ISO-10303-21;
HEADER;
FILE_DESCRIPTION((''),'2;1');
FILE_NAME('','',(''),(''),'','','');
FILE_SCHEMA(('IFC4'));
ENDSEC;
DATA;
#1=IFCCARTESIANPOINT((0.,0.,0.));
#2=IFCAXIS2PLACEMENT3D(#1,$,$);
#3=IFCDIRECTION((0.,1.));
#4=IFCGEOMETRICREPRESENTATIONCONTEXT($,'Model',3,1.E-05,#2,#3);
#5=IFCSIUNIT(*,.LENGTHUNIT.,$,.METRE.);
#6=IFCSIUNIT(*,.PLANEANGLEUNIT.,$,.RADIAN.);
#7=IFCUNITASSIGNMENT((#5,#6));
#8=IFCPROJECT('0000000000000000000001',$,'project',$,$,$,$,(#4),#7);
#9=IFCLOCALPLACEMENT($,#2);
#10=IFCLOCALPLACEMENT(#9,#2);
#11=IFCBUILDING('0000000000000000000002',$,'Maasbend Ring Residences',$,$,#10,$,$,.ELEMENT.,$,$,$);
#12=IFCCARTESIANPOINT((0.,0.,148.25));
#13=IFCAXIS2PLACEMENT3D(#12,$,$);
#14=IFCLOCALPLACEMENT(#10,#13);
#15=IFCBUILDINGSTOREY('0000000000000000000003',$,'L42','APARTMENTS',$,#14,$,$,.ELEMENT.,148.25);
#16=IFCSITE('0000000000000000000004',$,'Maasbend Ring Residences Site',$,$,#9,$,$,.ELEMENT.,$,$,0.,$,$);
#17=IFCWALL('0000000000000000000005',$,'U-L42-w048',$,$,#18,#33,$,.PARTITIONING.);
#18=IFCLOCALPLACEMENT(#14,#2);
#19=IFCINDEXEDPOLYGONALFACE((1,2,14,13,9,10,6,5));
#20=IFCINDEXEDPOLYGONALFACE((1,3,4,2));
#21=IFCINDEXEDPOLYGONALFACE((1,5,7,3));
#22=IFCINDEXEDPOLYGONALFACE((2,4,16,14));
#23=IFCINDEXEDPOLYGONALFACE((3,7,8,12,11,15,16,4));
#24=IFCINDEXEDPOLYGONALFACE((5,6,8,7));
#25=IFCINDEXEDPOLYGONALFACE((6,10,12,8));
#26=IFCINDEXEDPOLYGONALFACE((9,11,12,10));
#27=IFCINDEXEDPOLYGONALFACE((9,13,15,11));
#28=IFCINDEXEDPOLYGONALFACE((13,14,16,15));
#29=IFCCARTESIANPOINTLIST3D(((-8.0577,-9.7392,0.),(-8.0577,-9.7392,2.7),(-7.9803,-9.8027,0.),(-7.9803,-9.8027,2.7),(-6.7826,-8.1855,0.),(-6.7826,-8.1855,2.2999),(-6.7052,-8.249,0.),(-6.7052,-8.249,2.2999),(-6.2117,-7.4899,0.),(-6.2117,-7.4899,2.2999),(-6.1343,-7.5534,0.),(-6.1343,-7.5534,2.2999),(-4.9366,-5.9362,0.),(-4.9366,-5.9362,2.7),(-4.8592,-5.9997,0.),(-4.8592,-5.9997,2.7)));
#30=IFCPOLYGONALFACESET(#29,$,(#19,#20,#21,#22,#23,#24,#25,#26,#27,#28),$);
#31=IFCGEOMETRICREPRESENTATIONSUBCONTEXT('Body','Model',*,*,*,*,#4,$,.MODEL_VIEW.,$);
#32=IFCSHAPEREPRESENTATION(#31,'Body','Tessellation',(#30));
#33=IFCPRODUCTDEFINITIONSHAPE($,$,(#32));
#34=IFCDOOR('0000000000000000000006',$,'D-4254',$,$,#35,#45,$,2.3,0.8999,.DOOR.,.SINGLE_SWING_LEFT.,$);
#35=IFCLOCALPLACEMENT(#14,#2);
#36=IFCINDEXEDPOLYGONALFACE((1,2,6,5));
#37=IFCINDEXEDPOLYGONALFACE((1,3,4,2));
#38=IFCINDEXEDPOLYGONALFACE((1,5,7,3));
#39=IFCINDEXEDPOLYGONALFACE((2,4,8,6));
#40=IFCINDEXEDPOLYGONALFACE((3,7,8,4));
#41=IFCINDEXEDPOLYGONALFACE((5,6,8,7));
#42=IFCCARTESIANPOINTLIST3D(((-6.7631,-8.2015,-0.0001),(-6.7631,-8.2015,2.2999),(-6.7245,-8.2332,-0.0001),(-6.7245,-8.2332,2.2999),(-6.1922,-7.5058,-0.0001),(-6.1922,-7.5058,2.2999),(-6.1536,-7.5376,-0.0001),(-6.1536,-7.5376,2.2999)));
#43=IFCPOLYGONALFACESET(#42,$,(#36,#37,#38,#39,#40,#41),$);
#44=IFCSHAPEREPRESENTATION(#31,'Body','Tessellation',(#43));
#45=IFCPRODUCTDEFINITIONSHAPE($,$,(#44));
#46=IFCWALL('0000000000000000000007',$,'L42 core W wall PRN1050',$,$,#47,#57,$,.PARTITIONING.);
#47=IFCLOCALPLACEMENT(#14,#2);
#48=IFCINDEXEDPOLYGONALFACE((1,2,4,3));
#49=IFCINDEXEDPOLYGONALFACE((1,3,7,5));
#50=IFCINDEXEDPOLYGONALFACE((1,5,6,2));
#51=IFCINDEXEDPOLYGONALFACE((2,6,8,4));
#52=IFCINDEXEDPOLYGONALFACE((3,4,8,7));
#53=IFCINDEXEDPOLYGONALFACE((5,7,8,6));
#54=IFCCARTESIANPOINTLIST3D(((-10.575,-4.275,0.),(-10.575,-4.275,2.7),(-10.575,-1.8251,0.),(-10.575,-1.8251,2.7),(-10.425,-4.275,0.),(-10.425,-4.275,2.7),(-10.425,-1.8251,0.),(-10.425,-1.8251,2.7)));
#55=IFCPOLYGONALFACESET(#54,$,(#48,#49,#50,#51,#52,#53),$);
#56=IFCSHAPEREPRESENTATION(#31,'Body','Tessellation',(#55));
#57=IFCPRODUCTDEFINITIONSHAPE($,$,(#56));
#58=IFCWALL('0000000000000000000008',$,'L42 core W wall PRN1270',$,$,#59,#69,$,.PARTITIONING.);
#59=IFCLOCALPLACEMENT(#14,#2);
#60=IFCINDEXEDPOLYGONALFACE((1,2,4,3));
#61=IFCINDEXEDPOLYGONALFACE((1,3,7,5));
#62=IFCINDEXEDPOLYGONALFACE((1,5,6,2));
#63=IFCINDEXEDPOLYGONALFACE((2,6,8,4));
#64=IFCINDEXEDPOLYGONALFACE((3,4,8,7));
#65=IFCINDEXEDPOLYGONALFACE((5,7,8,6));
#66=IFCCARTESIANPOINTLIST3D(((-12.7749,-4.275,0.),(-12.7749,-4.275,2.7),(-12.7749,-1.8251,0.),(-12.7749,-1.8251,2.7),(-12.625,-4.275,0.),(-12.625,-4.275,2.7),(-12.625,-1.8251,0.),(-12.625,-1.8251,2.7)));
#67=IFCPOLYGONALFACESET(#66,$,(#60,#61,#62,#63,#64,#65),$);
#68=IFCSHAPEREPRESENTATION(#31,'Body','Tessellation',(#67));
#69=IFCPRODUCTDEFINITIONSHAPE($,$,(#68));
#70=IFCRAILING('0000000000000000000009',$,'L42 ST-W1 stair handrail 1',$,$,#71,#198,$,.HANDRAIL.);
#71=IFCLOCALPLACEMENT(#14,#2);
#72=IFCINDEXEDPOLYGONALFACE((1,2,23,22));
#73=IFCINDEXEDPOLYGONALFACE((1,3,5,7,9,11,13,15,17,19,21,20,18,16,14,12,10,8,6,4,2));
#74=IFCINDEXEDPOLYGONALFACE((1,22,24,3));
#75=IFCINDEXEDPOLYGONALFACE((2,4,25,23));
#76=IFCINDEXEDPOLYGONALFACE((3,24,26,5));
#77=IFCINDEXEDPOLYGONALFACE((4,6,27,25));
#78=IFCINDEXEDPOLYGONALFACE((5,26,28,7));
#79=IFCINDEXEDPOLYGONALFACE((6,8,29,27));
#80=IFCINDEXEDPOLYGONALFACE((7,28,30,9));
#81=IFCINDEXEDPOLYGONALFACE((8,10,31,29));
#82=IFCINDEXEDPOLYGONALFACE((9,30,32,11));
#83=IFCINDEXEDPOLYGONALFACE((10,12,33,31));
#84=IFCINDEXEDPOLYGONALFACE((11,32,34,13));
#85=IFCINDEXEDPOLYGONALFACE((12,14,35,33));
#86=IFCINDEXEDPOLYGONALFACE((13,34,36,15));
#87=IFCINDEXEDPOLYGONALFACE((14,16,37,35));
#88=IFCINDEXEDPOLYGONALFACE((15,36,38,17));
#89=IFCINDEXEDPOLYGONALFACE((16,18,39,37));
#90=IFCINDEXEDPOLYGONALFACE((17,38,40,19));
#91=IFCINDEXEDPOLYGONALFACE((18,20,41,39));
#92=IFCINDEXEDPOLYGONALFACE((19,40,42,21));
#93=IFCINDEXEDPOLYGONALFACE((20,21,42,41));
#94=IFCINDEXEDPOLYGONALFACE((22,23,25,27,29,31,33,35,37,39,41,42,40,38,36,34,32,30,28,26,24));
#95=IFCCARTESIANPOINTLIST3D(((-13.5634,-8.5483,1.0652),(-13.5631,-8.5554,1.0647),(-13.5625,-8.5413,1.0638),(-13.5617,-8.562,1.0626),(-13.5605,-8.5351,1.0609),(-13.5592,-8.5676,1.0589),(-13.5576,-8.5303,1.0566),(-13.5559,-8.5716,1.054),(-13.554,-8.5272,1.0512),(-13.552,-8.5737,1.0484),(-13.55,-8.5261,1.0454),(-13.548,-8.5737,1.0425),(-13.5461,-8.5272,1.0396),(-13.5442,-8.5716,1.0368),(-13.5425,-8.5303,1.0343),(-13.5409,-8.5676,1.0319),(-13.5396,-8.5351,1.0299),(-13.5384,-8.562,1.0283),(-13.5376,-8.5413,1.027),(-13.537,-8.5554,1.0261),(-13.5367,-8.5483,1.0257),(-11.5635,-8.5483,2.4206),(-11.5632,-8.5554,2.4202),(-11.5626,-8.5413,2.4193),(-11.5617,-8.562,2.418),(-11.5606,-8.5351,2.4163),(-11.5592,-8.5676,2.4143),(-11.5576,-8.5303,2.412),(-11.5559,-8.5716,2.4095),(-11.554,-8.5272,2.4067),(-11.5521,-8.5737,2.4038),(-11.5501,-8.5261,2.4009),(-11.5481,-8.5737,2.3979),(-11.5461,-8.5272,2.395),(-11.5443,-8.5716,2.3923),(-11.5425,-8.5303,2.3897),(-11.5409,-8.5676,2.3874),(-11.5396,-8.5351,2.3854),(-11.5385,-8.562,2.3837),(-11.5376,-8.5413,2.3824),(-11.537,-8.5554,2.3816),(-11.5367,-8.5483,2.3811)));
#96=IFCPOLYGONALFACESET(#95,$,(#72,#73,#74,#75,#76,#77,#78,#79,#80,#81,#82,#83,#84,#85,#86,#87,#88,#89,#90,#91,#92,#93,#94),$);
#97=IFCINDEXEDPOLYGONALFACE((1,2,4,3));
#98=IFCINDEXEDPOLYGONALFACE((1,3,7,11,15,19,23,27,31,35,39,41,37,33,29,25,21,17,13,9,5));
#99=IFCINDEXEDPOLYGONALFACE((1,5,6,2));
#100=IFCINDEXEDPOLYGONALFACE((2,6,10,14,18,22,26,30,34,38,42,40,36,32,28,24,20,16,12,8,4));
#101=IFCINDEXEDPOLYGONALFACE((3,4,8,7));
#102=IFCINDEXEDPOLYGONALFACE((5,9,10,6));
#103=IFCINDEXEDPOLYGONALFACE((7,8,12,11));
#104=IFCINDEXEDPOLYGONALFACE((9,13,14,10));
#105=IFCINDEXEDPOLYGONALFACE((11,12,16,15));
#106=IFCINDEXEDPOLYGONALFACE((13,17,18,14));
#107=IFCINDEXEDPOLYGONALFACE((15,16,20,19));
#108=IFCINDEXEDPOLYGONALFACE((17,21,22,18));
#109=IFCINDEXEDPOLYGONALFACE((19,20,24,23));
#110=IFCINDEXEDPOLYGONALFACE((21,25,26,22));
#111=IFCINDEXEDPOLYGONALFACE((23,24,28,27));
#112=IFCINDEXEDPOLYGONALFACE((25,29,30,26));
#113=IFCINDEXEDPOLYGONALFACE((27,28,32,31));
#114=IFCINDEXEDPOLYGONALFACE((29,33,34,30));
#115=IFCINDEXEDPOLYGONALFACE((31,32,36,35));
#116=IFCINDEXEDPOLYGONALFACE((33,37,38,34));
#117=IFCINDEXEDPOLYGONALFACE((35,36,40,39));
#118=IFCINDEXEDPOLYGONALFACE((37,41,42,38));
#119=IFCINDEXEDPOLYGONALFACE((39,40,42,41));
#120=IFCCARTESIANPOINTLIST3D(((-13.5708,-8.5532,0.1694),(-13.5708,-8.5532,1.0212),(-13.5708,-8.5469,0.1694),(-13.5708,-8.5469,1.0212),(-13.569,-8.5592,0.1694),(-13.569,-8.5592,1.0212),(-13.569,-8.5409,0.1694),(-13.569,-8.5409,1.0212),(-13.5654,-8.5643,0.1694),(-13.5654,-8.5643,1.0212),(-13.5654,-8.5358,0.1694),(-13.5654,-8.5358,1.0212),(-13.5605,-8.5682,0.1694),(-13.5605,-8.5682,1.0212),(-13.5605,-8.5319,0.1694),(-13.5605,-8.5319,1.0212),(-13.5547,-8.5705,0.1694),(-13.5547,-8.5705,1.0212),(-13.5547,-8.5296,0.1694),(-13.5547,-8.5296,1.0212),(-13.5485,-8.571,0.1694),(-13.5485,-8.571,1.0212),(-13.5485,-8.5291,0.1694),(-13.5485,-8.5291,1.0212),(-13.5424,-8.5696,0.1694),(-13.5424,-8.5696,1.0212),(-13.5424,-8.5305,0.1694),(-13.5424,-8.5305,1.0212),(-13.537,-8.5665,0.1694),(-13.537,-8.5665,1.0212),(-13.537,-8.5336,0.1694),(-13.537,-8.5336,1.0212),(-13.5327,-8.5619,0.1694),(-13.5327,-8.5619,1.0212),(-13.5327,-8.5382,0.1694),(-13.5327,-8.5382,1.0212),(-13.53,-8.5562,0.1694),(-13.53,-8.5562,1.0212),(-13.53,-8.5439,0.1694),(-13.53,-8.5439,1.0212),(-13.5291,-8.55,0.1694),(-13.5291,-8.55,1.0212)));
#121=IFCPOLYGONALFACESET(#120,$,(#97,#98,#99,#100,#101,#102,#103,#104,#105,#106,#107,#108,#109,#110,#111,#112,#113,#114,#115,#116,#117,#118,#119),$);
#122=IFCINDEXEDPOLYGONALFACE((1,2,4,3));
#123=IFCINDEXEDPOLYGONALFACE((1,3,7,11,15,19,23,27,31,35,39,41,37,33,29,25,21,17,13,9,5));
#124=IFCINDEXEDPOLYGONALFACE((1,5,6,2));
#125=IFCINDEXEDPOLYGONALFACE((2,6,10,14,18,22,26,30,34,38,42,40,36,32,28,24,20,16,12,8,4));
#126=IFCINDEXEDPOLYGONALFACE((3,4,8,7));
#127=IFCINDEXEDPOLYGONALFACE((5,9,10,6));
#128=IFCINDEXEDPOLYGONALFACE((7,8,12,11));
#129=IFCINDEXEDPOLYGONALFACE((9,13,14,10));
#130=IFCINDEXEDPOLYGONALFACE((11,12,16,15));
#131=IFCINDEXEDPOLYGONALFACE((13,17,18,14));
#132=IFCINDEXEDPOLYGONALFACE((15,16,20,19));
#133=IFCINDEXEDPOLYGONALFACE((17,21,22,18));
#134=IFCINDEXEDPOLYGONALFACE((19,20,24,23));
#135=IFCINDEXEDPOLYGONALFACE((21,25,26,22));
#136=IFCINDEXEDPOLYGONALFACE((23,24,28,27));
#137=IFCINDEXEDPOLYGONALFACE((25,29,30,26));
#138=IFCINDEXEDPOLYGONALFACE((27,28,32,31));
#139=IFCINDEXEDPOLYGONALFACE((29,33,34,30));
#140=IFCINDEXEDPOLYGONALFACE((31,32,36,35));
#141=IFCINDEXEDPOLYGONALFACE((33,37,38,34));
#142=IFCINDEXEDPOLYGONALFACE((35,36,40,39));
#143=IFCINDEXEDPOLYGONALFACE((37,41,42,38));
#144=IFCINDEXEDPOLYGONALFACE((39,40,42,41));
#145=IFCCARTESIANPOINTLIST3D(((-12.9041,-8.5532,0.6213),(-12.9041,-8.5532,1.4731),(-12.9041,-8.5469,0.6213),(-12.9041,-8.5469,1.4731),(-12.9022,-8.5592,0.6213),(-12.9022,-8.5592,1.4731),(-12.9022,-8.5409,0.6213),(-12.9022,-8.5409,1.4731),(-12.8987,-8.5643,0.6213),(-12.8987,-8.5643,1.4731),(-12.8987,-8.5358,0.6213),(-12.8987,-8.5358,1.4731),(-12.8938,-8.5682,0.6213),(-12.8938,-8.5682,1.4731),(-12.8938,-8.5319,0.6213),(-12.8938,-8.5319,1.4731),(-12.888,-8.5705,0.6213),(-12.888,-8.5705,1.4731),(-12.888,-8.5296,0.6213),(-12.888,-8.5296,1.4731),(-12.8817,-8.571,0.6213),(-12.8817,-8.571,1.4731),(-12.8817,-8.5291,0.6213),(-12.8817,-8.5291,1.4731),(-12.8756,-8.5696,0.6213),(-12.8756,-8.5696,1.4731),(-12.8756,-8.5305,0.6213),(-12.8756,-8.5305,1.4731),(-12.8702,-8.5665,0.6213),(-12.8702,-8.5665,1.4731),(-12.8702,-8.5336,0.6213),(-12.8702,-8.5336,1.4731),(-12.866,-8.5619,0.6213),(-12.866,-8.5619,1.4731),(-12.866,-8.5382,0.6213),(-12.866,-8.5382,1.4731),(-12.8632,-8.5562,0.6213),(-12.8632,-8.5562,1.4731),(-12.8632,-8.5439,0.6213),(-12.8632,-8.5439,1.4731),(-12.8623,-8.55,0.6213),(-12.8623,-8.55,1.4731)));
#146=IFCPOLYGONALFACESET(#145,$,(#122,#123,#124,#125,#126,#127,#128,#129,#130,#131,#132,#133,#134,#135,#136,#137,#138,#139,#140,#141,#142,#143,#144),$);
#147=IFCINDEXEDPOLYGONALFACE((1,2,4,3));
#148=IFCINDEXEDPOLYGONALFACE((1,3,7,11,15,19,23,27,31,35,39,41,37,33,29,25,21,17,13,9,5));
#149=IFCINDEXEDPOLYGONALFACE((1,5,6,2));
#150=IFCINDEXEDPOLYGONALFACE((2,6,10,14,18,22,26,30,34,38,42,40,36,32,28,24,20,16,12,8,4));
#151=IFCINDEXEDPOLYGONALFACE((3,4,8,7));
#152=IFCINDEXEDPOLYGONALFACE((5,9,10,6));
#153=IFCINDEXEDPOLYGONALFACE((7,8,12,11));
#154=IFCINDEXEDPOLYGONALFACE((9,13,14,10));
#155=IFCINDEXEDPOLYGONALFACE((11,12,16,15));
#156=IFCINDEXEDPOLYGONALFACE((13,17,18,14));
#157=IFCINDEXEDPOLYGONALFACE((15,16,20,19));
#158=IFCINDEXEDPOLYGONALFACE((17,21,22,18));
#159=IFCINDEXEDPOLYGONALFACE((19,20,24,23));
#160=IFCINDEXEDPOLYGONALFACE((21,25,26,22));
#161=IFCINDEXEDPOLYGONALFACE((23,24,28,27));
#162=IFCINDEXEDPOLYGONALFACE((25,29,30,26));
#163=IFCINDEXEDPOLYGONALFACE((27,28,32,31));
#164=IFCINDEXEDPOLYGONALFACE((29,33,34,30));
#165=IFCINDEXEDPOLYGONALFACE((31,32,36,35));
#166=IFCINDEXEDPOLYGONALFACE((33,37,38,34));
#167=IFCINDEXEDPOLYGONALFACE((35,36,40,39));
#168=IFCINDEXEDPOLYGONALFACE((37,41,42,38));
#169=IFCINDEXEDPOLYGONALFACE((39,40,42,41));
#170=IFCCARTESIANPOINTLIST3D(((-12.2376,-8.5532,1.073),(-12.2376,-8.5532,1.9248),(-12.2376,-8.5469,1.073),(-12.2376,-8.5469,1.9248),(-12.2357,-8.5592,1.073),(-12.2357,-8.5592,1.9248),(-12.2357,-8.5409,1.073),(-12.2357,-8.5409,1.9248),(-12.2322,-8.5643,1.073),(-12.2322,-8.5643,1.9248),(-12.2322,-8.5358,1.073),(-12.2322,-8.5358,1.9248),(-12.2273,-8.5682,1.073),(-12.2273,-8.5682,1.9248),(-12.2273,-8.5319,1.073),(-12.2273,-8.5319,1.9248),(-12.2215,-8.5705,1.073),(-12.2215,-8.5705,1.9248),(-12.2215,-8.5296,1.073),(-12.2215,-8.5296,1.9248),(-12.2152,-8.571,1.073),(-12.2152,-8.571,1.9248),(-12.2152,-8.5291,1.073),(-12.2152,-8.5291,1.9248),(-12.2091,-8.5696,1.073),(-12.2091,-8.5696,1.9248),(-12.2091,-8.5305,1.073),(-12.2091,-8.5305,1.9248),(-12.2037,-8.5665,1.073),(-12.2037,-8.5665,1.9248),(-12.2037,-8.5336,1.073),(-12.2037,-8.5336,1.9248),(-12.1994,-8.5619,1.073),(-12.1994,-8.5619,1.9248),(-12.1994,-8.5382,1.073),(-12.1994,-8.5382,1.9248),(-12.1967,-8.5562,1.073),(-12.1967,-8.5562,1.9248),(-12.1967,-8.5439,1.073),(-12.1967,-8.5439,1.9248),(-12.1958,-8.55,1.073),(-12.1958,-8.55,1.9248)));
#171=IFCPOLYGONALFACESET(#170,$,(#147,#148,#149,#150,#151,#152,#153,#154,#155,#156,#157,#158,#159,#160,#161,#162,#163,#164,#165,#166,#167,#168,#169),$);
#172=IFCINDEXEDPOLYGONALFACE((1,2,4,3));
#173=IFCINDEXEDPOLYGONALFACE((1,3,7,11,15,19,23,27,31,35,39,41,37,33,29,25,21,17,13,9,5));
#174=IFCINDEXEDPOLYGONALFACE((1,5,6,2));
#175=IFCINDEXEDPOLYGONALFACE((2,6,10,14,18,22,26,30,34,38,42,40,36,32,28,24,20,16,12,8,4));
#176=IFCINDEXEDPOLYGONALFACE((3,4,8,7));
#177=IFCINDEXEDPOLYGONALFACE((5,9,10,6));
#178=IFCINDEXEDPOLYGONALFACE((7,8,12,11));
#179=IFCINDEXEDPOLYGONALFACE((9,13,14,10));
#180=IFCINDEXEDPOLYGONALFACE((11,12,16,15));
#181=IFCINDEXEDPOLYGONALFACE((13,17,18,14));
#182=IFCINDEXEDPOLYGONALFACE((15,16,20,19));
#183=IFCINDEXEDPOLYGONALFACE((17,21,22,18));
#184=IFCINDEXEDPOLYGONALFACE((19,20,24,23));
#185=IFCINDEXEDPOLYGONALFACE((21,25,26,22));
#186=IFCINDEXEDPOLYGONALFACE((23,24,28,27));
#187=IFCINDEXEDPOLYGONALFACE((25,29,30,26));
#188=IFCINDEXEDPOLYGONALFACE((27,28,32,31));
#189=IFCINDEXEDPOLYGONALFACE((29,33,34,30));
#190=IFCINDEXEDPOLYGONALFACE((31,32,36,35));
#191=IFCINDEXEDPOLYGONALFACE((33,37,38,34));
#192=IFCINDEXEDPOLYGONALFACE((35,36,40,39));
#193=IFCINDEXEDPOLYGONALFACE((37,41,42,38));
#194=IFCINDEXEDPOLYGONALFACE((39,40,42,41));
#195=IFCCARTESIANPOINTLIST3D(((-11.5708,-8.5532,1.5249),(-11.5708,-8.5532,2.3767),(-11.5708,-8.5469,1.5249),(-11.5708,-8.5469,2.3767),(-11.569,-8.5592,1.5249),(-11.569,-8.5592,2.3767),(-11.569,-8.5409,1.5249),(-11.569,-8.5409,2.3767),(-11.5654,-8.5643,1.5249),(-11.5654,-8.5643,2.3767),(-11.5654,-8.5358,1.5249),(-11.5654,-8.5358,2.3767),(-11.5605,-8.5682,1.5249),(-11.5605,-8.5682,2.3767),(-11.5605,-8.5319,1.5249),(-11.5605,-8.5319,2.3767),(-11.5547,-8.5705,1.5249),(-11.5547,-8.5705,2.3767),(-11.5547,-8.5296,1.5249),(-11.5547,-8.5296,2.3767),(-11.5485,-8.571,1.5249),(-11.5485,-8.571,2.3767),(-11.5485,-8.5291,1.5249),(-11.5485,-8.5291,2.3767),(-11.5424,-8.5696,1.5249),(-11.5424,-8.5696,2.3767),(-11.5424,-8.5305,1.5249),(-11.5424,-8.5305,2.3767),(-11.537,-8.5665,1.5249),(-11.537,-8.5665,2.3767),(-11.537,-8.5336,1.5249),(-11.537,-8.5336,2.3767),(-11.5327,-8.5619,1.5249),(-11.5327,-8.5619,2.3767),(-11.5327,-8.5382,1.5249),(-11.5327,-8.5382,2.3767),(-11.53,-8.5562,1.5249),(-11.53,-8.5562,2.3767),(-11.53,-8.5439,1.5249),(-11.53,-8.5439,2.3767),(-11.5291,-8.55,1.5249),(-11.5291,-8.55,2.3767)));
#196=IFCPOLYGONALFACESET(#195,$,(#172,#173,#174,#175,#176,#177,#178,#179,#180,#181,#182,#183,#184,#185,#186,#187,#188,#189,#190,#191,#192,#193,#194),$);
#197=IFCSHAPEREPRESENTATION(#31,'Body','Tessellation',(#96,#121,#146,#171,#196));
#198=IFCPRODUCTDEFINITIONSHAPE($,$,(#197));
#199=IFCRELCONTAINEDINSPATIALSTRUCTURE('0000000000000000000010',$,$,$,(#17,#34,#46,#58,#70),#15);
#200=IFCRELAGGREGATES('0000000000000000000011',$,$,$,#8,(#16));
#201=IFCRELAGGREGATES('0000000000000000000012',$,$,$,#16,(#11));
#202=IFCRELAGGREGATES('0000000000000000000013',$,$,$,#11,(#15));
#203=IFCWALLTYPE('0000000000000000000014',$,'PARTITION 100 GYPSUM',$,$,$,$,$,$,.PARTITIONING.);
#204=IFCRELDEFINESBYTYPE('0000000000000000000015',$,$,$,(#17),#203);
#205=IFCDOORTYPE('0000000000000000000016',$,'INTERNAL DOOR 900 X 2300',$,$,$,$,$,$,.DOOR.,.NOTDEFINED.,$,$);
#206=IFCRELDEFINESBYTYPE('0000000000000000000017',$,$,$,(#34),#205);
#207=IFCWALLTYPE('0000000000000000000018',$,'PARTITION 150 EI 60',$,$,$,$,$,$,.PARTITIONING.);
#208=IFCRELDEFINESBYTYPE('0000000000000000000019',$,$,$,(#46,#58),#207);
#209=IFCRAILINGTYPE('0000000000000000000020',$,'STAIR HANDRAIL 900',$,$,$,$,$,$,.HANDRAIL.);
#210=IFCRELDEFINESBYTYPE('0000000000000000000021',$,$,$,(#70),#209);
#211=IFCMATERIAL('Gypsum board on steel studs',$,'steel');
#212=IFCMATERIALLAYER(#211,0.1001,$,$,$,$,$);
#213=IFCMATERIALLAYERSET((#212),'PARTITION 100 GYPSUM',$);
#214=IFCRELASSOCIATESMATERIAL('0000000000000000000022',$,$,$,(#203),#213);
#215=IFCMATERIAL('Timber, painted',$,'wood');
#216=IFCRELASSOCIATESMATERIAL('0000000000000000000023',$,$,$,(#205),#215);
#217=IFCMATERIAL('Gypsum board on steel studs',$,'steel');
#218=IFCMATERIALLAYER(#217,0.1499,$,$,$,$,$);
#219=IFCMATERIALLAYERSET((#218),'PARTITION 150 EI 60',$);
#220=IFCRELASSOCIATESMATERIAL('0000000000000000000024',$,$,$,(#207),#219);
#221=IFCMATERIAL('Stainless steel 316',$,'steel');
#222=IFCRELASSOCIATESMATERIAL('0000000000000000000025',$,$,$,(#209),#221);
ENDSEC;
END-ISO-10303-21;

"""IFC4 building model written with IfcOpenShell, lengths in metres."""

from ifc_helpers import new_model, si_unit, direction, frame, frame_2d, origin, origin_2d, place, context, subcontext, project, spatial, rectangle, circle, extrude, material, layer, layer_set, type_object, element, fill, save


model = new_model("IFC4")

# Units and contexts
model_context = context("Model", 3, precision=1e-05, world=origin(), true_north=direction((0.0, 1.0)))
body_context = subcontext(model_context, "Body", "Model", "MODEL_VIEW")
ifc_project = project(units=[si_unit("LENGTHUNIT", "METRE"), si_unit("PLANEANGLEUNIT", "RADIAN")], contexts=[model_context])

# Site, building, storey
site_placement = place(None, origin())
site = spatial("IfcSite", under=ifc_project, at=site_placement, Name="Maasbend Ring Residences Site", CompositionType="ELEMENT", RefElevation=0.0)
building_placement = place(site_placement, origin())
building = spatial("IfcBuilding", under=site, at=building_placement, Name="Maasbend Ring Residences", CompositionType="ELEMENT")
storey_placement = place(building_placement, frame((0.0, 0.0, 148.25)))
storey = spatial("IfcBuildingStorey", under=building, at=storey_placement, Name="L42", Description="APARTMENTS", CompositionType="ELEMENT", Elevation=148.25)

# Shared definitions
ifc_material_1 = material(Name="Gypsum board on steel studs", Category="steel")
ifc_layer_1 = layer(ifc_material_1, 0.1001)
ifc_layer_set_1 = layer_set([ifc_layer_1], Name="PARTITION 100 GYPSUM")
wall_type_1 = type_object("IfcWallType", Name="PARTITION 100 GYPSUM", PredefinedType="PARTITIONING", material=ifc_layer_set_1)

# Wall, opening, door
wall_1_placement = place(storey_placement, frame((-8.019, -9.771, 0.0), z_axis=(0.0, 0.0, 1.0), x_axis=(0.634402, 0.773003, 0.0)))
wall_1 = element("IfcWall", 1, at=wall_1_placement, inside=storey, type_object=wall_type_1, Name="U-L42-w048", PredefinedType="PARTITIONING", context=body_context, shape_type="SweptSolid", body=[
    extrude(rectangle(XDim=4.9197, YDim=0.1001, at=frame_2d((2.46, 0.0))), origin(), (0.0, 0.0, 1.0), 2.7),
])
opening_1_placement = place(wall_1_placement, frame((2.01, 0.0, 0.0)))
opening_1 = element("IfcOpeningElement", 2, at=opening_1_placement, cuts=wall_1, PredefinedType="OPENING", context=body_context, shape_type="SweptSolid", body=[
    extrude(rectangle(XDim=0.8999, YDim=2.3, at=frame_2d((0.45, 1.1499))), frame((0.0, 0.0601, 0.0), z_axis=(0.0, -1.0, 0.0), x_axis=(1.0, 0.0, 0.0)), (0.0, 0.0, 1.0), 0.1201),
])
ifc_material_2 = material(Name="Timber, painted", Category="wood")
door_type_1 = type_object("IfcDoorType", Name="INTERNAL DOOR 900 X 2300", OperationType="NOTDEFINED", PredefinedType="DOOR", material=ifc_material_2)
door_1_placement = place(opening_1_placement, origin())
door_1 = element("IfcDoor", 3, at=door_1_placement, inside=storey, type_object=door_type_1, Name="D-4254", OperationType="SINGLE_SWING_LEFT", OverallHeight=2.3, OverallWidth=0.8999, PredefinedType="DOOR", context=body_context, shape_type="SweptSolid", body=[
    extrude(rectangle(XDim=0.8999, YDim=2.3, at=frame_2d((0.45, 1.1499))), frame((0.0, 0.0249, 0.0), z_axis=(0.0, -1.0, 0.0), x_axis=(1.0, 0.0, 0.0)), (0.0, 0.0, 1.0), 0.05),
])
fill(opening_1, door_1)

# Walls
ifc_material_3 = material(Name="Gypsum board on steel studs", Category="steel")
ifc_layer_2 = layer(ifc_material_3, 0.1499)
ifc_layer_set_2 = layer_set([ifc_layer_2], Name="PARTITION 150 EI 60")
wall_type_2 = type_object("IfcWallType", Name="PARTITION 150 EI 60", PredefinedType="PARTITIONING", material=ifc_layer_set_2)
for number, where, z_axis, x_axis, name in (
    (4, (-10.5, -1.825, 0.0), (0.0, 0.0, 1.0), (0.0, -1.0, 0.0), "L42 core W wall PRN1050"),
    (5, (-12.7, -1.825, 0.0), (0.0, 0.0, 1.0), (0.0, -1.0, 0.0), "L42 core W wall PRN1270"),
):
    element("IfcWall", number, at=place(storey_placement, frame(where, z_axis=z_axis, x_axis=x_axis)), inside=storey, type_object=wall_type_2, Name=name, PredefinedType="PARTITIONING", context=body_context, shape_type="SweptSolid", body=[
        extrude(rectangle(XDim=2.45, YDim=0.1499, at=frame_2d((1.2251, 0.0))), origin(), (0.0, 0.0, 1.0), 2.7),
    ])

# Railing
ifc_material_4 = material(Name="Stainless steel 316", Category="steel")
railing_type_1 = type_object("IfcRailingType", Name="STAIR HANDRAIL 900", PredefinedType="HANDRAIL", material=ifc_material_4)
railing_1_placement = place(storey_placement, frame((-13.55, -8.55, 0.1694)))
element("IfcRailing", 6, at=railing_1_placement, inside=storey, type_object=railing_type_1, Name="L42 ST-W1 stair handrail 1", PredefinedType="HANDRAIL", context=body_context, shape_type="SweptSolid", body=[
    extrude(circle(Radius=0.0239, at=origin_2d()), frame((0.0, 0.0, 0.876), z_axis=(0.827798, 0.0, 0.561027), x_axis=(0.0, 1.0, 0.0)), (0.0, 0.0, 1.0), 2.416),
    extrude(circle(Radius=0.021, at=origin_2d()), origin(), (0.0, 0.0, 1.0), 0.8518),
    extrude(circle(Radius=0.021, at=origin_2d()), frame((0.6667, 0.0, 0.4519)), (0.0, 0.0, 1.0), 0.8518),
    extrude(circle(Radius=0.021, at=origin_2d()), frame((1.3333, 0.0, 0.9036)), (0.0, 0.0, 1.0), 0.8518),
    extrude(circle(Radius=0.021, at=origin_2d()), frame((2.0, 0.0, 1.3555)), (0.0, 0.0, 1.0), 0.8518),
])

save(model, "model.ifc")
